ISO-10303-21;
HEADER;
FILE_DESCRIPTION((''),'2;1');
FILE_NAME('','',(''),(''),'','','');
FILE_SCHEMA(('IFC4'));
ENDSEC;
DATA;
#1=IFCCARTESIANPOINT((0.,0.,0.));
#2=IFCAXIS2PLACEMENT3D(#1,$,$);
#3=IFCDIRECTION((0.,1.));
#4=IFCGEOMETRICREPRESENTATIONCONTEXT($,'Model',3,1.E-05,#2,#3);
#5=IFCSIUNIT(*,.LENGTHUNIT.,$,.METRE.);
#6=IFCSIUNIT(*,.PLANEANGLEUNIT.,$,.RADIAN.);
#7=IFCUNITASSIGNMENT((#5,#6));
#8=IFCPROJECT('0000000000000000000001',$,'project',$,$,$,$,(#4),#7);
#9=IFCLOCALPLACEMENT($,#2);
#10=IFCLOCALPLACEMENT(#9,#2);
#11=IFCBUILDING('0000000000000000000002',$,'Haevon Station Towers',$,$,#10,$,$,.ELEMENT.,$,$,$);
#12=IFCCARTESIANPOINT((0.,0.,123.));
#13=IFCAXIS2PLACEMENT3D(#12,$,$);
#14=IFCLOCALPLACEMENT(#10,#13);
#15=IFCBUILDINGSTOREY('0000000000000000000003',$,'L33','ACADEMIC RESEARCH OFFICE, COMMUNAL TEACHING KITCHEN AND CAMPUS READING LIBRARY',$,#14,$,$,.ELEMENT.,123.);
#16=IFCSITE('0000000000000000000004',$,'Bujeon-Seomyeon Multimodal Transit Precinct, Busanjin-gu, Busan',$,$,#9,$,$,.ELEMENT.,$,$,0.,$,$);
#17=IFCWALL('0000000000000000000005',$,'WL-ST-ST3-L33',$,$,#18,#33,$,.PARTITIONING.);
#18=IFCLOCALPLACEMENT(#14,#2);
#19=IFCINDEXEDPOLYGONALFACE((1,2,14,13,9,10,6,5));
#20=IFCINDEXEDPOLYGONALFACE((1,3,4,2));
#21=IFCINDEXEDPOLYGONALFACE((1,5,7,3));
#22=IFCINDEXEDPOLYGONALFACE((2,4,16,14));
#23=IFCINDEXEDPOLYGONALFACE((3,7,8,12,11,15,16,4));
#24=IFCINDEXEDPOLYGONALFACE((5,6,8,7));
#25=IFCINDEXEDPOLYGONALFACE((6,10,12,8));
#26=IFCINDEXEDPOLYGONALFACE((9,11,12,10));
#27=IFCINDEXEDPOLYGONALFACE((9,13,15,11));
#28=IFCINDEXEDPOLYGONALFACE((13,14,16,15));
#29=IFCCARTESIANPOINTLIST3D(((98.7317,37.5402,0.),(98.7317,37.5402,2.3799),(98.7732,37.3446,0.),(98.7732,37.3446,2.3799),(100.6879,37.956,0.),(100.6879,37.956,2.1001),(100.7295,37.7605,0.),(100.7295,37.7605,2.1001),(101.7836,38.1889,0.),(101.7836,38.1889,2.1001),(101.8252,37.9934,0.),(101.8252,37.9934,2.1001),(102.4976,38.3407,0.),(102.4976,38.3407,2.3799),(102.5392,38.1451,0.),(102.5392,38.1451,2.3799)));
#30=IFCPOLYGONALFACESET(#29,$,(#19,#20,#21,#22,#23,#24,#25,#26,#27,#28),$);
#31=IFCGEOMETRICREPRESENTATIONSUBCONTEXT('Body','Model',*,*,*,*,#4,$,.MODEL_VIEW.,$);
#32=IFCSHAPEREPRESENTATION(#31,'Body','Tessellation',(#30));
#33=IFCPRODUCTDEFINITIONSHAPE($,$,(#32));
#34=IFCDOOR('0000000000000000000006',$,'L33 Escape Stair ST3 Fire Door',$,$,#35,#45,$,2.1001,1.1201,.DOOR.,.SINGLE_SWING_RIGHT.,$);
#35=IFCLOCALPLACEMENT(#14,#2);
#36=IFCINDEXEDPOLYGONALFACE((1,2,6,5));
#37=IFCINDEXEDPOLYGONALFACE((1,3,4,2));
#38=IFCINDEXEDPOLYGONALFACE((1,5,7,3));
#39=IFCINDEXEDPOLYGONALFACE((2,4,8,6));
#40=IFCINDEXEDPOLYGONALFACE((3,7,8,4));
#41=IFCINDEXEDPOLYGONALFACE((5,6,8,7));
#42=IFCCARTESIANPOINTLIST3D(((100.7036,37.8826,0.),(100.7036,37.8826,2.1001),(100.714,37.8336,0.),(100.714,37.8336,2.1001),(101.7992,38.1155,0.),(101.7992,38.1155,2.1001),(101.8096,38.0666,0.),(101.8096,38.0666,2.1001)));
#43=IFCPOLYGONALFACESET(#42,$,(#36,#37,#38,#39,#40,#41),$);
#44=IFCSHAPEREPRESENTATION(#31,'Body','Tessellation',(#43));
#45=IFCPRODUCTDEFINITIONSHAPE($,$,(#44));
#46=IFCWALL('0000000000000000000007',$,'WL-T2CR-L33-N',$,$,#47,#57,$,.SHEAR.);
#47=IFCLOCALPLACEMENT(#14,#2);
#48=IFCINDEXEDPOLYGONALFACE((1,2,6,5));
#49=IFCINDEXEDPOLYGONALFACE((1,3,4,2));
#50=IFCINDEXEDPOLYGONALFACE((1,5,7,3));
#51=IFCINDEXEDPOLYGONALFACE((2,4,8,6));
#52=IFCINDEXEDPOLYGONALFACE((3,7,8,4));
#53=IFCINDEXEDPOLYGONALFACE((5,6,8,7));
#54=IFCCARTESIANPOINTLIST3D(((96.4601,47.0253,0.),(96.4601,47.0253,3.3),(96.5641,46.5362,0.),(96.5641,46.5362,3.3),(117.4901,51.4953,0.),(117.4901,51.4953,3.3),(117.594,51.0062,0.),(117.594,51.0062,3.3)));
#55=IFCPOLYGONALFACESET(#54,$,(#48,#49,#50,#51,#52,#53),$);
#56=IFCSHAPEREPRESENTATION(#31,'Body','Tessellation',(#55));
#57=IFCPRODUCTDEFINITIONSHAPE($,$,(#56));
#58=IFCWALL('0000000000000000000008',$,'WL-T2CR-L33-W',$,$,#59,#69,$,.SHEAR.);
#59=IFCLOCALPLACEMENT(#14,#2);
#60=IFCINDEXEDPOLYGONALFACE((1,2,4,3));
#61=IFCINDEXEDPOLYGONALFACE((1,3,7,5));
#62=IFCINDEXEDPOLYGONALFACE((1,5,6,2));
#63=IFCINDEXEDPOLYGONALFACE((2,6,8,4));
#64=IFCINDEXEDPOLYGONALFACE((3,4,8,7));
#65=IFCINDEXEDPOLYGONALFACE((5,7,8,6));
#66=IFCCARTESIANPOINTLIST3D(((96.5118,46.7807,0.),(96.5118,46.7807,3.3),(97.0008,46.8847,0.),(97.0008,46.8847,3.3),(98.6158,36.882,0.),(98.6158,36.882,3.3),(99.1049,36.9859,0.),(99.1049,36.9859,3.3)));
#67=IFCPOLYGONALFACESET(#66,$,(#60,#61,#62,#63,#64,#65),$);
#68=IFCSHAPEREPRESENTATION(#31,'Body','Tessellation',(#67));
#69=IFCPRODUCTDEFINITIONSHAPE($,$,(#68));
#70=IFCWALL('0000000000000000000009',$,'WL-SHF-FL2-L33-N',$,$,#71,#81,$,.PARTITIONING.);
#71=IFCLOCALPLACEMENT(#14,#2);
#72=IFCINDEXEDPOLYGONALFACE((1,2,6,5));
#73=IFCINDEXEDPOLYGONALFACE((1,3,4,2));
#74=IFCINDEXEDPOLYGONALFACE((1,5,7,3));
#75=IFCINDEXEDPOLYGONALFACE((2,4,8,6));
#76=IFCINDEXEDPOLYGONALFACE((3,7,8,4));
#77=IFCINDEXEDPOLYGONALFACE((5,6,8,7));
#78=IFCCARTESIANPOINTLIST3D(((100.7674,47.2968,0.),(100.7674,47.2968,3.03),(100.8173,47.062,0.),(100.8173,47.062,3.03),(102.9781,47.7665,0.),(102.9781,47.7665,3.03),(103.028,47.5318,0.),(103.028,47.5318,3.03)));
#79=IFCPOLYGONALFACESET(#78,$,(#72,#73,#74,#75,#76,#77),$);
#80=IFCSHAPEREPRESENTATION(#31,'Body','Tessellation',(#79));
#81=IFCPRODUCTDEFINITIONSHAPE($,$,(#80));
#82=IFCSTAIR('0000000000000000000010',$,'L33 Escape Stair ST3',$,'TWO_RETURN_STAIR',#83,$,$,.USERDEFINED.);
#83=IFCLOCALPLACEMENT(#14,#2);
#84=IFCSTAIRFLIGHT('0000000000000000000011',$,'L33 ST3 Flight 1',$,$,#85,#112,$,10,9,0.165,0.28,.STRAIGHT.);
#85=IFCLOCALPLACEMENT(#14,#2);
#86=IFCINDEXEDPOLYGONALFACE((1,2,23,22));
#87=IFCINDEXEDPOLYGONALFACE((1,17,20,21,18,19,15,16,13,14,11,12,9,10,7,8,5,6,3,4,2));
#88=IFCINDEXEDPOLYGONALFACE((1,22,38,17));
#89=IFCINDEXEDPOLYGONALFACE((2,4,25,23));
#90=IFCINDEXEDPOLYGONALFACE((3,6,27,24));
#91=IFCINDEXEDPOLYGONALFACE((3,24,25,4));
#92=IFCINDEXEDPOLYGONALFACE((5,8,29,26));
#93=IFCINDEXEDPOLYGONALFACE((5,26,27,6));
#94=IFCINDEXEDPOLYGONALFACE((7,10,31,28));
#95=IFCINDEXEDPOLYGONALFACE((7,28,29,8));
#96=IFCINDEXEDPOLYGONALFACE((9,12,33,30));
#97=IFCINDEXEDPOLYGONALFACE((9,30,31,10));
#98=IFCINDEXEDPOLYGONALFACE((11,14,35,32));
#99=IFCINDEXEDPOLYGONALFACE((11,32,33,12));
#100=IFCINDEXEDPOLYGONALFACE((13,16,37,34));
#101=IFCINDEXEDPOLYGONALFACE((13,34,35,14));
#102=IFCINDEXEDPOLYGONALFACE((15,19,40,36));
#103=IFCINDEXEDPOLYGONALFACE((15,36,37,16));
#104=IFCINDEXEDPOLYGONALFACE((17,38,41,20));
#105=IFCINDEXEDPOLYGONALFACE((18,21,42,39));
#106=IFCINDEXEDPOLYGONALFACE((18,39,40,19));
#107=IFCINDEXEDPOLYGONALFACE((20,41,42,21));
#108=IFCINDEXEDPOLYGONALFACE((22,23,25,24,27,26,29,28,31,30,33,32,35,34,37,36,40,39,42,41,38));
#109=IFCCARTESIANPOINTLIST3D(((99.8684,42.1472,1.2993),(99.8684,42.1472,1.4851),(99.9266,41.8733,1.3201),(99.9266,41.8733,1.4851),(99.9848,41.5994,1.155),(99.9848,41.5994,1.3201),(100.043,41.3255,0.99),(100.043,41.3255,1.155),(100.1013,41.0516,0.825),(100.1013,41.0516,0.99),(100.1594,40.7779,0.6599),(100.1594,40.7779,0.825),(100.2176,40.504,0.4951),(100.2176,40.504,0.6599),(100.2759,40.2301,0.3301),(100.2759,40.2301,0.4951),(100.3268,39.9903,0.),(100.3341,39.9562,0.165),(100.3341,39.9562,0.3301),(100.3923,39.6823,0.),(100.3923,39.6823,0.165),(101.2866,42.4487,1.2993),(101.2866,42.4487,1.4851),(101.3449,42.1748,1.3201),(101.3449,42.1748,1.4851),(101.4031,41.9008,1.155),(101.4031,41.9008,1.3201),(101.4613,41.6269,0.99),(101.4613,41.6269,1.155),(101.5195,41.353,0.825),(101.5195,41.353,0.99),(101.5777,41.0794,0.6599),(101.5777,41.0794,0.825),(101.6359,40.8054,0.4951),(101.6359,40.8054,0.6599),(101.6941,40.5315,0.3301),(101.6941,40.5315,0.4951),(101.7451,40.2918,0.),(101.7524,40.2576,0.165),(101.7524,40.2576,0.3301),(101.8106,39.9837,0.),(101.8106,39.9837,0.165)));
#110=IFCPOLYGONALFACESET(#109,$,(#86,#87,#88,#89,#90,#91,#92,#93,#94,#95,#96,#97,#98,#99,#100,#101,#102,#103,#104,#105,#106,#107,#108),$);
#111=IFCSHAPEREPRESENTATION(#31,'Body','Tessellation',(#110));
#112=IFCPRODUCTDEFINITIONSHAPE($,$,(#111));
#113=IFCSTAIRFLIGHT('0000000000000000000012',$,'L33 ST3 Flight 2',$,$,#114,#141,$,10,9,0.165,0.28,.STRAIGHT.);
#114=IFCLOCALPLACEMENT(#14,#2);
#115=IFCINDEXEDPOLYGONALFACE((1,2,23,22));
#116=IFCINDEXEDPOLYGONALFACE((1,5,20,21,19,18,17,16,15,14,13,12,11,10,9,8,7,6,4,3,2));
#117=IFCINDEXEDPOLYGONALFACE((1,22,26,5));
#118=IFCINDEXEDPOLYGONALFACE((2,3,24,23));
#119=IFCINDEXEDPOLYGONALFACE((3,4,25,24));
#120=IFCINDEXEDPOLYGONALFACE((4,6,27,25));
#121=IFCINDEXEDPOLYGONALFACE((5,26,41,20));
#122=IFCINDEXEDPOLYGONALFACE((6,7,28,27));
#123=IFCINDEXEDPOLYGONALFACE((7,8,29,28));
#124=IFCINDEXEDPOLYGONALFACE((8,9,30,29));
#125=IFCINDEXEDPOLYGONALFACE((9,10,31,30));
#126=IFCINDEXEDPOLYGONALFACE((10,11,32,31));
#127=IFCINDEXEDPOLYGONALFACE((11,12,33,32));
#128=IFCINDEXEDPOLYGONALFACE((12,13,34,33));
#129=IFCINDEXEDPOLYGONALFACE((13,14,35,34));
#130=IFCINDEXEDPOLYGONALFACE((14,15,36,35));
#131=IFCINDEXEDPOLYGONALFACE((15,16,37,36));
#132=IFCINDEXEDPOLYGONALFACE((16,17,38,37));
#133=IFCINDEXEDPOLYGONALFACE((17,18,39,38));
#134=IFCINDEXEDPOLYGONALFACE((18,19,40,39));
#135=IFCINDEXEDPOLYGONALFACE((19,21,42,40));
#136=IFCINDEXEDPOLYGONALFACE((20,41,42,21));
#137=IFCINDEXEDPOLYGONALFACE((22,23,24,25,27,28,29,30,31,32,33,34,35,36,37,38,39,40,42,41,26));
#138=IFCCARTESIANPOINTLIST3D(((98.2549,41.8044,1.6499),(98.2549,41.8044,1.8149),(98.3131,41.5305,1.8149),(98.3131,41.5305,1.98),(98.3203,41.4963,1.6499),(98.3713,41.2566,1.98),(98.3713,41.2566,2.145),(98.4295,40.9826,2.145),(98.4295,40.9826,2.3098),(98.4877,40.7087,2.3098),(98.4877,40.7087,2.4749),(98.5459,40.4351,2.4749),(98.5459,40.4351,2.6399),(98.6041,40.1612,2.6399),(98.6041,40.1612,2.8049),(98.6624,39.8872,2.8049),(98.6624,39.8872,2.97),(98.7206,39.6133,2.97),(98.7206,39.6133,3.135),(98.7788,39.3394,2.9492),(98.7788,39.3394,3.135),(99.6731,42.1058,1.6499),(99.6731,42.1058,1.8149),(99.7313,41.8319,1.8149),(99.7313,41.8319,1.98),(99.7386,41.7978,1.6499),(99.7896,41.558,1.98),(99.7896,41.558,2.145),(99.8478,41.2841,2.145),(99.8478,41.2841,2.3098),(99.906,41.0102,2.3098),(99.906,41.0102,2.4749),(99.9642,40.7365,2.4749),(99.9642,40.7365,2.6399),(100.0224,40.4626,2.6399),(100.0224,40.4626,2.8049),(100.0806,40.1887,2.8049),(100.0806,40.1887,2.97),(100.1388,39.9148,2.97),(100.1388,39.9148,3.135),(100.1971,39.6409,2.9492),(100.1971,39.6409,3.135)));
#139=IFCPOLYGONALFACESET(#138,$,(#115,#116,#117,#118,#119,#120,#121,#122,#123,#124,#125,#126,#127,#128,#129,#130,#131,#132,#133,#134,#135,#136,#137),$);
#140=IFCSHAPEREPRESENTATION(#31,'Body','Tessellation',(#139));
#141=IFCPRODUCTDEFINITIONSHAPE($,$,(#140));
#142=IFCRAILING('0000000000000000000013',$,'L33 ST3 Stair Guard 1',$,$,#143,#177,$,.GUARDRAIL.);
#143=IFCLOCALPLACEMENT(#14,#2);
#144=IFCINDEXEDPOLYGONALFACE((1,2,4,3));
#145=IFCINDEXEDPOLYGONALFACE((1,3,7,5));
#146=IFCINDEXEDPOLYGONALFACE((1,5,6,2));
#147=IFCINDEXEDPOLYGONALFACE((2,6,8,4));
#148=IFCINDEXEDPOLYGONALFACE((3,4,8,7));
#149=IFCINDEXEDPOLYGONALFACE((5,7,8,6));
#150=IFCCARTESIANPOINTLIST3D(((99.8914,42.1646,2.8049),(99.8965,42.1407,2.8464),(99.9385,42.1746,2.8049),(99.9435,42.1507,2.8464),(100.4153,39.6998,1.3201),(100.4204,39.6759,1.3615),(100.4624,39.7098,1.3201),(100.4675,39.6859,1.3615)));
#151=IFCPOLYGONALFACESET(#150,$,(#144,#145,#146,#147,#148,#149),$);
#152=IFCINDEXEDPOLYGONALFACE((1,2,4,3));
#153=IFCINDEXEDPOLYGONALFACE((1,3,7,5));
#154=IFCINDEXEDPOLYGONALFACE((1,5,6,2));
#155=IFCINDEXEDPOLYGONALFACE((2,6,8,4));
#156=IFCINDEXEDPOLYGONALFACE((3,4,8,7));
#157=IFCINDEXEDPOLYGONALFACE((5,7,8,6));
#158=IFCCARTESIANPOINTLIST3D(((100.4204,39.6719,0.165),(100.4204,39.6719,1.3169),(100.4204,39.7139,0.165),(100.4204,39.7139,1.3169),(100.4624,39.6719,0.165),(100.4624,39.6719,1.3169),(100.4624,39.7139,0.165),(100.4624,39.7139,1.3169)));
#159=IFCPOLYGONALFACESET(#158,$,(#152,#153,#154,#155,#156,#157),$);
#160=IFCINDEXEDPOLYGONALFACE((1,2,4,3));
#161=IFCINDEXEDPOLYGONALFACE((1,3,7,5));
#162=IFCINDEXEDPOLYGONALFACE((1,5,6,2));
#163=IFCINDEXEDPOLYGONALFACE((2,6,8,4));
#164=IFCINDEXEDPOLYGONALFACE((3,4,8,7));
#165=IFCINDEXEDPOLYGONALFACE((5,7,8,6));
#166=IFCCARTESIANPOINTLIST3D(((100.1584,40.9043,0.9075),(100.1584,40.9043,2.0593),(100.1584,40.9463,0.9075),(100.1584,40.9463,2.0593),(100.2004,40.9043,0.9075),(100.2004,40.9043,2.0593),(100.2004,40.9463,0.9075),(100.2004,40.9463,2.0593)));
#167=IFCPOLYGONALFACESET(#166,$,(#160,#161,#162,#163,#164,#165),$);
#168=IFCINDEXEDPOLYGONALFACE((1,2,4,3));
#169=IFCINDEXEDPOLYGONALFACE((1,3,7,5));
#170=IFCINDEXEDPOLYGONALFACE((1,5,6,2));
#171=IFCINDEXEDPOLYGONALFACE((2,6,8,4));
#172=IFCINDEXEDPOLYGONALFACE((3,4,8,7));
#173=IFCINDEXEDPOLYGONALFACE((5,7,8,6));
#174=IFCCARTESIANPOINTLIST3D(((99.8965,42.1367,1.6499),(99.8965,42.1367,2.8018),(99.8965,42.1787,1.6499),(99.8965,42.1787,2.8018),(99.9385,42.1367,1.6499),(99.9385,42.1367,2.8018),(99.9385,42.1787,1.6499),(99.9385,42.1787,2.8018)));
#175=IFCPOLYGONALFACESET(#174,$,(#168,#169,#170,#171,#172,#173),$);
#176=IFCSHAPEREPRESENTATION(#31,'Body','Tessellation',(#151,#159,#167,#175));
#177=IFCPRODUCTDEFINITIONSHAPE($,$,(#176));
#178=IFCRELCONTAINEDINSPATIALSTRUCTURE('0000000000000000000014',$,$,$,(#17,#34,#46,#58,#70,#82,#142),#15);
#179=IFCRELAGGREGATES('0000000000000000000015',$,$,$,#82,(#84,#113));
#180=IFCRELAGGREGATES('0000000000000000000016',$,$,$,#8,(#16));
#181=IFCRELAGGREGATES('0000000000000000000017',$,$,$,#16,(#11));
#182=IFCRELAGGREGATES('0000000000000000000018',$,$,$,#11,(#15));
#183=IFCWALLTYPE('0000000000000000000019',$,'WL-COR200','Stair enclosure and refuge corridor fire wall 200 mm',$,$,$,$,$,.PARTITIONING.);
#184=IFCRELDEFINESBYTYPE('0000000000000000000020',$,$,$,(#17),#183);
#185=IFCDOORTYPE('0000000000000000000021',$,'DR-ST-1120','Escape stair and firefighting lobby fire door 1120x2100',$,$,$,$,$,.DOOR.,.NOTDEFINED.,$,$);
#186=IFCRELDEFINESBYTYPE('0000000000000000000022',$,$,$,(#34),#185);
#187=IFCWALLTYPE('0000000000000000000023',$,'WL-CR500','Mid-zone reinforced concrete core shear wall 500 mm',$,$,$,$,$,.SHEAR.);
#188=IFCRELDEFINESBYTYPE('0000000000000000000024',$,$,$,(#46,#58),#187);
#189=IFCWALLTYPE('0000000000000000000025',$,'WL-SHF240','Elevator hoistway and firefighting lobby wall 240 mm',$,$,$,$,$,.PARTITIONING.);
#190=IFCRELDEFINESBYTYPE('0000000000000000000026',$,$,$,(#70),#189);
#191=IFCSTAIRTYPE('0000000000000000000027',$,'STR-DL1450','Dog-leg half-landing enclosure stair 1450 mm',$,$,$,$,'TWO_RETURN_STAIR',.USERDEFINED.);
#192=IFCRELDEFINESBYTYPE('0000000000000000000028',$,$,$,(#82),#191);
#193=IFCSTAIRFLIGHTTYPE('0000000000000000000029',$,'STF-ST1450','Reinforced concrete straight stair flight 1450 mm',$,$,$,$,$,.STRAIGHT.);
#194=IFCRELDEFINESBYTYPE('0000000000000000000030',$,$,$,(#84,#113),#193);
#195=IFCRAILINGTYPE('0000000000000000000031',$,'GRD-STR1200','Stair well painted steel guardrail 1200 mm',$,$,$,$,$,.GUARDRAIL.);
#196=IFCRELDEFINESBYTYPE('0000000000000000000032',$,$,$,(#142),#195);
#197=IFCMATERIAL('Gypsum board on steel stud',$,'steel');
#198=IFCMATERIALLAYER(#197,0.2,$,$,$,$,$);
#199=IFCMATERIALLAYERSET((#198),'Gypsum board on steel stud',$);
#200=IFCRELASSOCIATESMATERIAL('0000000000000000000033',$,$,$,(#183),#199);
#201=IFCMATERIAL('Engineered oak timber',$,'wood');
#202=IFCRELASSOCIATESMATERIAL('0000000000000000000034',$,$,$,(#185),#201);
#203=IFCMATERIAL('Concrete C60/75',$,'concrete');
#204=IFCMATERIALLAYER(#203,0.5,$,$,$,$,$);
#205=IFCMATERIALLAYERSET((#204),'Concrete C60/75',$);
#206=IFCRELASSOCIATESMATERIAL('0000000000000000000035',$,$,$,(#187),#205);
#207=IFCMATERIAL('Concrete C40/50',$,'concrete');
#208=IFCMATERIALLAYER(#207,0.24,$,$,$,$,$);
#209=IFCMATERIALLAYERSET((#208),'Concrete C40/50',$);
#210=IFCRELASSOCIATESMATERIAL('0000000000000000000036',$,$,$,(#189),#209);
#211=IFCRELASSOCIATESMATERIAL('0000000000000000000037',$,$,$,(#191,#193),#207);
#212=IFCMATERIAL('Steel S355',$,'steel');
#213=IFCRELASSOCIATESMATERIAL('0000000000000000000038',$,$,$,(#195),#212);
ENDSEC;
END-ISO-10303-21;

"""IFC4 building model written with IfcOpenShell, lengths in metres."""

from ifc_helpers import new_model, si_unit, direction, frame, frame_2d, origin, origin_2d, place, context, subcontext, project, spatial, polyline, rectangle, outline, extrude, material, layer, layer_set, type_object, element, fill, aggregate, save


model = new_model("IFC4")

# Units and contexts
model_context = context("Model", 3, precision=1e-05, world=origin(), true_north=direction((0.0, 1.0)))
body_context = subcontext(model_context, "Body", "Model", "MODEL_VIEW")
ifc_project = project(units=[si_unit("LENGTHUNIT", "METRE"), si_unit("PLANEANGLEUNIT", "RADIAN")], contexts=[model_context])

# Site, building, storey
site_placement = place(None, origin())
site = spatial("IfcSite", under=ifc_project, at=site_placement, Name="Bujeon-Seomyeon Multimodal Transit Precinct, Busanjin-gu, Busan", CompositionType="ELEMENT", RefElevation=0.0)
building_placement = place(site_placement, origin())
building = spatial("IfcBuilding", under=site, at=building_placement, Name="Haevon Station Towers", CompositionType="ELEMENT")
storey_placement = place(building_placement, frame((0.0, 0.0, 123.0)))
storey = spatial("IfcBuildingStorey", under=building, at=storey_placement, Name="L33", Description="ACADEMIC RESEARCH OFFICE, COMMUNAL TEACHING KITCHEN AND CAMPUS READING LIBRARY", CompositionType="ELEMENT", Elevation=123.0)

# Shared definitions
ifc_material_1 = material(Name="Steel S355", Category="steel")

# Shared definitions
ifc_material_2 = material(Name="Gypsum board on steel stud", Category="steel")

# Wall, opening, door
ifc_layer_1 = layer(ifc_material_2, 0.2)
ifc_layer_set_1 = layer_set([ifc_layer_1], Name="Gypsum board on steel stud")
wall_type_1 = type_object("IfcWallType", Name="WL-COR200", Description="Stair enclosure and refuge corridor fire wall 200 mm", PredefinedType="PARTITIONING", material=ifc_layer_set_1)
wall_1_placement = place(storey_placement, frame((98.7524, 37.4424, 0.0), z_axis=(0.0, 0.0, 1.0), x_axis=(0.978144, 0.207931, 0.0)))
wall_1 = element("IfcWall", 1, at=wall_1_placement, inside=storey, type_object=wall_type_1, Name="WL-ST-ST3-L33", PredefinedType="PARTITIONING", context=body_context, shape_type="SweptSolid", body=[
    extrude(rectangle(XDim=3.8501, YDim=0.2, at=frame_2d((1.925, 0.0))), origin(), (0.0, 0.0, 1.0), 2.3799),
])
opening_placement = place(wall_1_placement, frame((2.0, 0.0, 0.0)))
opening = element("IfcOpeningElement", 2, at=opening_placement, cuts=wall_1, PredefinedType="OPENING", context=body_context, shape_type="SweptSolid", body=[
    extrude(rectangle(XDim=1.1201, YDim=2.1001, at=frame_2d((0.5601, 1.05))), frame((0.0, 0.1099, 0.0), z_axis=(0.0, -1.0, 0.0), x_axis=(1.0, 0.0, 0.0)), (0.0, 0.0, 1.0), 0.22),
])
ifc_material_3 = material(Name="Engineered oak timber", Category="wood")
door_type = type_object("IfcDoorType", Name="DR-ST-1120", Description="Escape stair and firefighting lobby fire door 1120x2100", OperationType="NOTDEFINED", PredefinedType="DOOR", material=ifc_material_3)
door_placement = place(opening_placement, origin())
door = element("IfcDoor", 3, at=door_placement, inside=storey, type_object=door_type, Name="L33 Escape Stair ST3 Fire Door", OperationType="SINGLE_SWING_RIGHT", OverallHeight=2.1001, OverallWidth=1.1201, PredefinedType="DOOR", context=body_context, shape_type="SweptSolid", body=[
    extrude(rectangle(XDim=1.1201, YDim=2.1001, at=frame_2d((0.5601, 1.05))), frame((0.0, 0.0249, 0.0), z_axis=(0.0, -1.0, 0.0), x_axis=(1.0, 0.0, 0.0)), (0.0, 0.0, 1.0), 0.05),
])
fill(opening, door)

# Walls
ifc_material_4 = material(Name="Concrete C60/75", Category="concrete")
ifc_layer_2 = layer(ifc_material_4, 0.5)
ifc_layer_set_2 = layer_set([ifc_layer_2], Name="Concrete C60/75")
wall_type_2 = type_object("IfcWallType", Name="WL-CR500", Description="Mid-zone reinforced concrete core shear wall 500 mm", PredefinedType="SHEAR", material=ifc_layer_set_2)
wall_2_placement = place(storey_placement, frame((96.512, 46.7808, 0.0), z_axis=(0.0, 0.0, 1.0), x_axis=(0.978149, 0.207907, 0.0)))
element("IfcWall", 4, at=wall_2_placement, inside=storey, type_object=wall_type_2, Name="WL-T2CR-L33-N", PredefinedType="SHEAR", context=body_context, shape_type="SweptSolid", body=[
    extrude(rectangle(XDim=21.4998, YDim=0.5, at=frame_2d((10.75, 0.0))), origin(), (0.0, 0.0, 1.0), 3.3),
])
wall_3_placement = place(storey_placement, frame((98.8604, 36.9338, 0.0), z_axis=(0.0, 0.0, 1.0), x_axis=(-0.207909, 0.978148, 0.0)))
element("IfcWall", 5, at=wall_3_placement, inside=storey, type_object=wall_type_2, Name="WL-T2CR-L33-W", PredefinedType="SHEAR", context=body_context, shape_type="SweptSolid", body=[
    extrude(rectangle(XDim=10.1199, YDim=0.5, at=frame_2d((5.0601, 0.0))), origin(), (0.0, 0.0, 1.0), 3.3),
])
ifc_material_5 = material(Name="Concrete C40/50", Category="concrete")
ifc_layer_3 = layer(ifc_material_5, 0.24)
ifc_layer_set_3 = layer_set([ifc_layer_3], Name="Concrete C40/50")
wall_type_3 = type_object("IfcWallType", Name="WL-SHF240", Description="Elevator hoistway and firefighting lobby wall 240 mm", PredefinedType="PARTITIONING", material=ifc_layer_set_3)
wall_4_placement = place(storey_placement, frame((100.7925, 47.1794, 0.0), z_axis=(0.0, 0.0, 1.0), x_axis=(0.978163, 0.207839, 0.0)))
element("IfcWall", 6, at=wall_4_placement, inside=storey, type_object=wall_type_3, Name="WL-SHF-FL2-L33-N", PredefinedType="PARTITIONING", context=body_context, shape_type="SweptSolid", body=[
    extrude(rectangle(XDim=2.26, YDim=0.24, at=frame_2d((1.1299, 0.0))), origin(), (0.0, 0.0, 1.0), 3.03),
])

# Stair, stair flights
stair_type = type_object("IfcStairType", Name="STR-DL1450", Description="Dog-leg half-landing enclosure stair 1450 mm", ElementType="TWO_RETURN_STAIR", PredefinedType="USERDEFINED", material=ifc_material_5)
stair_placement = place(storey_placement, origin())
stair = element("IfcStair", 7, at=stair_placement, inside=storey, type_object=stair_type, Name="L33 Escape Stair ST3", ObjectType="TWO_RETURN_STAIR", PredefinedType="USERDEFINED")
stair_flight_type = type_object("IfcStairFlightType", Name="STF-ST1450", Description="Reinforced concrete straight stair flight 1450 mm", PredefinedType="STRAIGHT", material=ifc_material_5)
stair_flight_1_placement = place(storey_placement, frame((101.1016, 39.833, 0.0), z_axis=(0.0, 0.0, 1.0), x_axis=(-0.207912, 0.978148, 0.0)))
stair_flight_1 = element("IfcStairFlight", 8, at=stair_flight_1_placement, type_object=stair_flight_type, Name="L33 ST3 Flight 1", NumberOfRisers=10, NumberOfTreads=9, PredefinedType="STRAIGHT", RiserHeight=0.165, TreadLength=0.28, context=body_context, shape_type="SweptSolid", body=[
    extrude(outline(polyline([(0.0, 0.0), (0.0, 0.165), (0.28, 0.165), (0.28, 0.3301), (0.5601, 0.3301), (0.5601, 0.4951), (0.8401, 0.4951), (0.8401, 0.6599), (1.1201, 0.6599), (1.1201, 0.825), (1.3999, 0.825), (1.3999, 0.99), (1.6799, 0.99), (1.6799, 1.155), (1.96, 1.155), (1.96, 1.3201), (2.24, 1.3201), (2.24, 1.4851), (2.52, 1.4851), (2.52, 1.6499), (2.52, 1.2993), (0.3149, 0.0), (0.0, 0.0)])), frame((0.0, 0.7251, 0.0), z_axis=(0.0, -1.0, 0.0), x_axis=(1.0, 0.0, 0.0)), (0.0, 0.0, 1.0), 1.45),
])
stair_flight_2_placement = place(storey_placement, frame((98.9639, 41.9551, 1.6499), z_axis=(0.0, 0.0, 1.0), x_axis=(0.207912, -0.978148, 0.0)))
stair_flight_2 = element("IfcStairFlight", 9, at=stair_flight_2_placement, type_object=stair_flight_type, Name="L33 ST3 Flight 2", NumberOfRisers=10, NumberOfTreads=9, PredefinedType="STRAIGHT", RiserHeight=0.165, TreadLength=0.28, context=body_context, shape_type="SweptSolid", body=[
    extrude(outline(polyline([(0.0, 0.0), (0.0, 0.165), (0.28, 0.165), (0.28, 0.3301), (0.5601, 0.3301), (0.5601, 0.4951), (0.8401, 0.4951), (0.8401, 0.6599), (1.1201, 0.6599), (1.1201, 0.825), (1.3999, 0.825), (1.3999, 0.99), (1.6799, 0.99), (1.6799, 1.155), (1.96, 1.155), (1.96, 1.3201), (2.24, 1.3201), (2.24, 1.4851), (2.52, 1.4851), (2.52, 1.6499), (2.52, 1.2993), (0.3149, 0.0), (0.0, 0.0)])), frame((0.0, 0.7251, 0.0), z_axis=(0.0, -1.0, 0.0), x_axis=(1.0, 0.0, 0.0)), (0.0, 0.0, 1.0), 1.45),
])
aggregate(stair, [stair_flight_1, stair_flight_2])

# Railing
railing_type_1 = type_object("IfcRailingType", Name="GRD-STR1200", Description="Stair well painted steel guardrail 1200 mm", PredefinedType="GUARDRAIL", material=ifc_material_1)
railing_1_placement = place(storey_placement, frame((100.4414, 39.6929, 0.165)))
element("IfcRailing", 10, at=railing_1_placement, inside=storey, type_object=railing_type_1, Name="L33 ST3 Stair Guard 1", PredefinedType="GUARDRAIL", context=body_context, shape_type="SweptSolid", body=[
    extrude(rectangle(XDim=0.0481, YDim=0.0481, at=origin_2d()), frame((0.0, 0.0, 1.1758), z_axis=(-0.179129, 0.842724, 0.507671), x_axis=(-0.978147, -0.207914, 0.0)), (0.0, 0.0, 1.0), 2.9248),
    extrude(rectangle(XDim=0.042, YDim=0.042, at=origin_2d()), origin(), (0.0, 0.0, 1.0), 1.1519),
    extrude(rectangle(XDim=0.042, YDim=0.042, at=origin_2d()), frame((-0.262, 1.2324, 0.7424)), (0.0, 0.0, 1.0), 1.1519),
    extrude(rectangle(XDim=0.042, YDim=0.042, at=origin_2d()), frame((-0.5239, 2.4648, 1.4849)), (0.0, 0.0, 1.0), 1.1519),
])

save(model, "model.ifc")
